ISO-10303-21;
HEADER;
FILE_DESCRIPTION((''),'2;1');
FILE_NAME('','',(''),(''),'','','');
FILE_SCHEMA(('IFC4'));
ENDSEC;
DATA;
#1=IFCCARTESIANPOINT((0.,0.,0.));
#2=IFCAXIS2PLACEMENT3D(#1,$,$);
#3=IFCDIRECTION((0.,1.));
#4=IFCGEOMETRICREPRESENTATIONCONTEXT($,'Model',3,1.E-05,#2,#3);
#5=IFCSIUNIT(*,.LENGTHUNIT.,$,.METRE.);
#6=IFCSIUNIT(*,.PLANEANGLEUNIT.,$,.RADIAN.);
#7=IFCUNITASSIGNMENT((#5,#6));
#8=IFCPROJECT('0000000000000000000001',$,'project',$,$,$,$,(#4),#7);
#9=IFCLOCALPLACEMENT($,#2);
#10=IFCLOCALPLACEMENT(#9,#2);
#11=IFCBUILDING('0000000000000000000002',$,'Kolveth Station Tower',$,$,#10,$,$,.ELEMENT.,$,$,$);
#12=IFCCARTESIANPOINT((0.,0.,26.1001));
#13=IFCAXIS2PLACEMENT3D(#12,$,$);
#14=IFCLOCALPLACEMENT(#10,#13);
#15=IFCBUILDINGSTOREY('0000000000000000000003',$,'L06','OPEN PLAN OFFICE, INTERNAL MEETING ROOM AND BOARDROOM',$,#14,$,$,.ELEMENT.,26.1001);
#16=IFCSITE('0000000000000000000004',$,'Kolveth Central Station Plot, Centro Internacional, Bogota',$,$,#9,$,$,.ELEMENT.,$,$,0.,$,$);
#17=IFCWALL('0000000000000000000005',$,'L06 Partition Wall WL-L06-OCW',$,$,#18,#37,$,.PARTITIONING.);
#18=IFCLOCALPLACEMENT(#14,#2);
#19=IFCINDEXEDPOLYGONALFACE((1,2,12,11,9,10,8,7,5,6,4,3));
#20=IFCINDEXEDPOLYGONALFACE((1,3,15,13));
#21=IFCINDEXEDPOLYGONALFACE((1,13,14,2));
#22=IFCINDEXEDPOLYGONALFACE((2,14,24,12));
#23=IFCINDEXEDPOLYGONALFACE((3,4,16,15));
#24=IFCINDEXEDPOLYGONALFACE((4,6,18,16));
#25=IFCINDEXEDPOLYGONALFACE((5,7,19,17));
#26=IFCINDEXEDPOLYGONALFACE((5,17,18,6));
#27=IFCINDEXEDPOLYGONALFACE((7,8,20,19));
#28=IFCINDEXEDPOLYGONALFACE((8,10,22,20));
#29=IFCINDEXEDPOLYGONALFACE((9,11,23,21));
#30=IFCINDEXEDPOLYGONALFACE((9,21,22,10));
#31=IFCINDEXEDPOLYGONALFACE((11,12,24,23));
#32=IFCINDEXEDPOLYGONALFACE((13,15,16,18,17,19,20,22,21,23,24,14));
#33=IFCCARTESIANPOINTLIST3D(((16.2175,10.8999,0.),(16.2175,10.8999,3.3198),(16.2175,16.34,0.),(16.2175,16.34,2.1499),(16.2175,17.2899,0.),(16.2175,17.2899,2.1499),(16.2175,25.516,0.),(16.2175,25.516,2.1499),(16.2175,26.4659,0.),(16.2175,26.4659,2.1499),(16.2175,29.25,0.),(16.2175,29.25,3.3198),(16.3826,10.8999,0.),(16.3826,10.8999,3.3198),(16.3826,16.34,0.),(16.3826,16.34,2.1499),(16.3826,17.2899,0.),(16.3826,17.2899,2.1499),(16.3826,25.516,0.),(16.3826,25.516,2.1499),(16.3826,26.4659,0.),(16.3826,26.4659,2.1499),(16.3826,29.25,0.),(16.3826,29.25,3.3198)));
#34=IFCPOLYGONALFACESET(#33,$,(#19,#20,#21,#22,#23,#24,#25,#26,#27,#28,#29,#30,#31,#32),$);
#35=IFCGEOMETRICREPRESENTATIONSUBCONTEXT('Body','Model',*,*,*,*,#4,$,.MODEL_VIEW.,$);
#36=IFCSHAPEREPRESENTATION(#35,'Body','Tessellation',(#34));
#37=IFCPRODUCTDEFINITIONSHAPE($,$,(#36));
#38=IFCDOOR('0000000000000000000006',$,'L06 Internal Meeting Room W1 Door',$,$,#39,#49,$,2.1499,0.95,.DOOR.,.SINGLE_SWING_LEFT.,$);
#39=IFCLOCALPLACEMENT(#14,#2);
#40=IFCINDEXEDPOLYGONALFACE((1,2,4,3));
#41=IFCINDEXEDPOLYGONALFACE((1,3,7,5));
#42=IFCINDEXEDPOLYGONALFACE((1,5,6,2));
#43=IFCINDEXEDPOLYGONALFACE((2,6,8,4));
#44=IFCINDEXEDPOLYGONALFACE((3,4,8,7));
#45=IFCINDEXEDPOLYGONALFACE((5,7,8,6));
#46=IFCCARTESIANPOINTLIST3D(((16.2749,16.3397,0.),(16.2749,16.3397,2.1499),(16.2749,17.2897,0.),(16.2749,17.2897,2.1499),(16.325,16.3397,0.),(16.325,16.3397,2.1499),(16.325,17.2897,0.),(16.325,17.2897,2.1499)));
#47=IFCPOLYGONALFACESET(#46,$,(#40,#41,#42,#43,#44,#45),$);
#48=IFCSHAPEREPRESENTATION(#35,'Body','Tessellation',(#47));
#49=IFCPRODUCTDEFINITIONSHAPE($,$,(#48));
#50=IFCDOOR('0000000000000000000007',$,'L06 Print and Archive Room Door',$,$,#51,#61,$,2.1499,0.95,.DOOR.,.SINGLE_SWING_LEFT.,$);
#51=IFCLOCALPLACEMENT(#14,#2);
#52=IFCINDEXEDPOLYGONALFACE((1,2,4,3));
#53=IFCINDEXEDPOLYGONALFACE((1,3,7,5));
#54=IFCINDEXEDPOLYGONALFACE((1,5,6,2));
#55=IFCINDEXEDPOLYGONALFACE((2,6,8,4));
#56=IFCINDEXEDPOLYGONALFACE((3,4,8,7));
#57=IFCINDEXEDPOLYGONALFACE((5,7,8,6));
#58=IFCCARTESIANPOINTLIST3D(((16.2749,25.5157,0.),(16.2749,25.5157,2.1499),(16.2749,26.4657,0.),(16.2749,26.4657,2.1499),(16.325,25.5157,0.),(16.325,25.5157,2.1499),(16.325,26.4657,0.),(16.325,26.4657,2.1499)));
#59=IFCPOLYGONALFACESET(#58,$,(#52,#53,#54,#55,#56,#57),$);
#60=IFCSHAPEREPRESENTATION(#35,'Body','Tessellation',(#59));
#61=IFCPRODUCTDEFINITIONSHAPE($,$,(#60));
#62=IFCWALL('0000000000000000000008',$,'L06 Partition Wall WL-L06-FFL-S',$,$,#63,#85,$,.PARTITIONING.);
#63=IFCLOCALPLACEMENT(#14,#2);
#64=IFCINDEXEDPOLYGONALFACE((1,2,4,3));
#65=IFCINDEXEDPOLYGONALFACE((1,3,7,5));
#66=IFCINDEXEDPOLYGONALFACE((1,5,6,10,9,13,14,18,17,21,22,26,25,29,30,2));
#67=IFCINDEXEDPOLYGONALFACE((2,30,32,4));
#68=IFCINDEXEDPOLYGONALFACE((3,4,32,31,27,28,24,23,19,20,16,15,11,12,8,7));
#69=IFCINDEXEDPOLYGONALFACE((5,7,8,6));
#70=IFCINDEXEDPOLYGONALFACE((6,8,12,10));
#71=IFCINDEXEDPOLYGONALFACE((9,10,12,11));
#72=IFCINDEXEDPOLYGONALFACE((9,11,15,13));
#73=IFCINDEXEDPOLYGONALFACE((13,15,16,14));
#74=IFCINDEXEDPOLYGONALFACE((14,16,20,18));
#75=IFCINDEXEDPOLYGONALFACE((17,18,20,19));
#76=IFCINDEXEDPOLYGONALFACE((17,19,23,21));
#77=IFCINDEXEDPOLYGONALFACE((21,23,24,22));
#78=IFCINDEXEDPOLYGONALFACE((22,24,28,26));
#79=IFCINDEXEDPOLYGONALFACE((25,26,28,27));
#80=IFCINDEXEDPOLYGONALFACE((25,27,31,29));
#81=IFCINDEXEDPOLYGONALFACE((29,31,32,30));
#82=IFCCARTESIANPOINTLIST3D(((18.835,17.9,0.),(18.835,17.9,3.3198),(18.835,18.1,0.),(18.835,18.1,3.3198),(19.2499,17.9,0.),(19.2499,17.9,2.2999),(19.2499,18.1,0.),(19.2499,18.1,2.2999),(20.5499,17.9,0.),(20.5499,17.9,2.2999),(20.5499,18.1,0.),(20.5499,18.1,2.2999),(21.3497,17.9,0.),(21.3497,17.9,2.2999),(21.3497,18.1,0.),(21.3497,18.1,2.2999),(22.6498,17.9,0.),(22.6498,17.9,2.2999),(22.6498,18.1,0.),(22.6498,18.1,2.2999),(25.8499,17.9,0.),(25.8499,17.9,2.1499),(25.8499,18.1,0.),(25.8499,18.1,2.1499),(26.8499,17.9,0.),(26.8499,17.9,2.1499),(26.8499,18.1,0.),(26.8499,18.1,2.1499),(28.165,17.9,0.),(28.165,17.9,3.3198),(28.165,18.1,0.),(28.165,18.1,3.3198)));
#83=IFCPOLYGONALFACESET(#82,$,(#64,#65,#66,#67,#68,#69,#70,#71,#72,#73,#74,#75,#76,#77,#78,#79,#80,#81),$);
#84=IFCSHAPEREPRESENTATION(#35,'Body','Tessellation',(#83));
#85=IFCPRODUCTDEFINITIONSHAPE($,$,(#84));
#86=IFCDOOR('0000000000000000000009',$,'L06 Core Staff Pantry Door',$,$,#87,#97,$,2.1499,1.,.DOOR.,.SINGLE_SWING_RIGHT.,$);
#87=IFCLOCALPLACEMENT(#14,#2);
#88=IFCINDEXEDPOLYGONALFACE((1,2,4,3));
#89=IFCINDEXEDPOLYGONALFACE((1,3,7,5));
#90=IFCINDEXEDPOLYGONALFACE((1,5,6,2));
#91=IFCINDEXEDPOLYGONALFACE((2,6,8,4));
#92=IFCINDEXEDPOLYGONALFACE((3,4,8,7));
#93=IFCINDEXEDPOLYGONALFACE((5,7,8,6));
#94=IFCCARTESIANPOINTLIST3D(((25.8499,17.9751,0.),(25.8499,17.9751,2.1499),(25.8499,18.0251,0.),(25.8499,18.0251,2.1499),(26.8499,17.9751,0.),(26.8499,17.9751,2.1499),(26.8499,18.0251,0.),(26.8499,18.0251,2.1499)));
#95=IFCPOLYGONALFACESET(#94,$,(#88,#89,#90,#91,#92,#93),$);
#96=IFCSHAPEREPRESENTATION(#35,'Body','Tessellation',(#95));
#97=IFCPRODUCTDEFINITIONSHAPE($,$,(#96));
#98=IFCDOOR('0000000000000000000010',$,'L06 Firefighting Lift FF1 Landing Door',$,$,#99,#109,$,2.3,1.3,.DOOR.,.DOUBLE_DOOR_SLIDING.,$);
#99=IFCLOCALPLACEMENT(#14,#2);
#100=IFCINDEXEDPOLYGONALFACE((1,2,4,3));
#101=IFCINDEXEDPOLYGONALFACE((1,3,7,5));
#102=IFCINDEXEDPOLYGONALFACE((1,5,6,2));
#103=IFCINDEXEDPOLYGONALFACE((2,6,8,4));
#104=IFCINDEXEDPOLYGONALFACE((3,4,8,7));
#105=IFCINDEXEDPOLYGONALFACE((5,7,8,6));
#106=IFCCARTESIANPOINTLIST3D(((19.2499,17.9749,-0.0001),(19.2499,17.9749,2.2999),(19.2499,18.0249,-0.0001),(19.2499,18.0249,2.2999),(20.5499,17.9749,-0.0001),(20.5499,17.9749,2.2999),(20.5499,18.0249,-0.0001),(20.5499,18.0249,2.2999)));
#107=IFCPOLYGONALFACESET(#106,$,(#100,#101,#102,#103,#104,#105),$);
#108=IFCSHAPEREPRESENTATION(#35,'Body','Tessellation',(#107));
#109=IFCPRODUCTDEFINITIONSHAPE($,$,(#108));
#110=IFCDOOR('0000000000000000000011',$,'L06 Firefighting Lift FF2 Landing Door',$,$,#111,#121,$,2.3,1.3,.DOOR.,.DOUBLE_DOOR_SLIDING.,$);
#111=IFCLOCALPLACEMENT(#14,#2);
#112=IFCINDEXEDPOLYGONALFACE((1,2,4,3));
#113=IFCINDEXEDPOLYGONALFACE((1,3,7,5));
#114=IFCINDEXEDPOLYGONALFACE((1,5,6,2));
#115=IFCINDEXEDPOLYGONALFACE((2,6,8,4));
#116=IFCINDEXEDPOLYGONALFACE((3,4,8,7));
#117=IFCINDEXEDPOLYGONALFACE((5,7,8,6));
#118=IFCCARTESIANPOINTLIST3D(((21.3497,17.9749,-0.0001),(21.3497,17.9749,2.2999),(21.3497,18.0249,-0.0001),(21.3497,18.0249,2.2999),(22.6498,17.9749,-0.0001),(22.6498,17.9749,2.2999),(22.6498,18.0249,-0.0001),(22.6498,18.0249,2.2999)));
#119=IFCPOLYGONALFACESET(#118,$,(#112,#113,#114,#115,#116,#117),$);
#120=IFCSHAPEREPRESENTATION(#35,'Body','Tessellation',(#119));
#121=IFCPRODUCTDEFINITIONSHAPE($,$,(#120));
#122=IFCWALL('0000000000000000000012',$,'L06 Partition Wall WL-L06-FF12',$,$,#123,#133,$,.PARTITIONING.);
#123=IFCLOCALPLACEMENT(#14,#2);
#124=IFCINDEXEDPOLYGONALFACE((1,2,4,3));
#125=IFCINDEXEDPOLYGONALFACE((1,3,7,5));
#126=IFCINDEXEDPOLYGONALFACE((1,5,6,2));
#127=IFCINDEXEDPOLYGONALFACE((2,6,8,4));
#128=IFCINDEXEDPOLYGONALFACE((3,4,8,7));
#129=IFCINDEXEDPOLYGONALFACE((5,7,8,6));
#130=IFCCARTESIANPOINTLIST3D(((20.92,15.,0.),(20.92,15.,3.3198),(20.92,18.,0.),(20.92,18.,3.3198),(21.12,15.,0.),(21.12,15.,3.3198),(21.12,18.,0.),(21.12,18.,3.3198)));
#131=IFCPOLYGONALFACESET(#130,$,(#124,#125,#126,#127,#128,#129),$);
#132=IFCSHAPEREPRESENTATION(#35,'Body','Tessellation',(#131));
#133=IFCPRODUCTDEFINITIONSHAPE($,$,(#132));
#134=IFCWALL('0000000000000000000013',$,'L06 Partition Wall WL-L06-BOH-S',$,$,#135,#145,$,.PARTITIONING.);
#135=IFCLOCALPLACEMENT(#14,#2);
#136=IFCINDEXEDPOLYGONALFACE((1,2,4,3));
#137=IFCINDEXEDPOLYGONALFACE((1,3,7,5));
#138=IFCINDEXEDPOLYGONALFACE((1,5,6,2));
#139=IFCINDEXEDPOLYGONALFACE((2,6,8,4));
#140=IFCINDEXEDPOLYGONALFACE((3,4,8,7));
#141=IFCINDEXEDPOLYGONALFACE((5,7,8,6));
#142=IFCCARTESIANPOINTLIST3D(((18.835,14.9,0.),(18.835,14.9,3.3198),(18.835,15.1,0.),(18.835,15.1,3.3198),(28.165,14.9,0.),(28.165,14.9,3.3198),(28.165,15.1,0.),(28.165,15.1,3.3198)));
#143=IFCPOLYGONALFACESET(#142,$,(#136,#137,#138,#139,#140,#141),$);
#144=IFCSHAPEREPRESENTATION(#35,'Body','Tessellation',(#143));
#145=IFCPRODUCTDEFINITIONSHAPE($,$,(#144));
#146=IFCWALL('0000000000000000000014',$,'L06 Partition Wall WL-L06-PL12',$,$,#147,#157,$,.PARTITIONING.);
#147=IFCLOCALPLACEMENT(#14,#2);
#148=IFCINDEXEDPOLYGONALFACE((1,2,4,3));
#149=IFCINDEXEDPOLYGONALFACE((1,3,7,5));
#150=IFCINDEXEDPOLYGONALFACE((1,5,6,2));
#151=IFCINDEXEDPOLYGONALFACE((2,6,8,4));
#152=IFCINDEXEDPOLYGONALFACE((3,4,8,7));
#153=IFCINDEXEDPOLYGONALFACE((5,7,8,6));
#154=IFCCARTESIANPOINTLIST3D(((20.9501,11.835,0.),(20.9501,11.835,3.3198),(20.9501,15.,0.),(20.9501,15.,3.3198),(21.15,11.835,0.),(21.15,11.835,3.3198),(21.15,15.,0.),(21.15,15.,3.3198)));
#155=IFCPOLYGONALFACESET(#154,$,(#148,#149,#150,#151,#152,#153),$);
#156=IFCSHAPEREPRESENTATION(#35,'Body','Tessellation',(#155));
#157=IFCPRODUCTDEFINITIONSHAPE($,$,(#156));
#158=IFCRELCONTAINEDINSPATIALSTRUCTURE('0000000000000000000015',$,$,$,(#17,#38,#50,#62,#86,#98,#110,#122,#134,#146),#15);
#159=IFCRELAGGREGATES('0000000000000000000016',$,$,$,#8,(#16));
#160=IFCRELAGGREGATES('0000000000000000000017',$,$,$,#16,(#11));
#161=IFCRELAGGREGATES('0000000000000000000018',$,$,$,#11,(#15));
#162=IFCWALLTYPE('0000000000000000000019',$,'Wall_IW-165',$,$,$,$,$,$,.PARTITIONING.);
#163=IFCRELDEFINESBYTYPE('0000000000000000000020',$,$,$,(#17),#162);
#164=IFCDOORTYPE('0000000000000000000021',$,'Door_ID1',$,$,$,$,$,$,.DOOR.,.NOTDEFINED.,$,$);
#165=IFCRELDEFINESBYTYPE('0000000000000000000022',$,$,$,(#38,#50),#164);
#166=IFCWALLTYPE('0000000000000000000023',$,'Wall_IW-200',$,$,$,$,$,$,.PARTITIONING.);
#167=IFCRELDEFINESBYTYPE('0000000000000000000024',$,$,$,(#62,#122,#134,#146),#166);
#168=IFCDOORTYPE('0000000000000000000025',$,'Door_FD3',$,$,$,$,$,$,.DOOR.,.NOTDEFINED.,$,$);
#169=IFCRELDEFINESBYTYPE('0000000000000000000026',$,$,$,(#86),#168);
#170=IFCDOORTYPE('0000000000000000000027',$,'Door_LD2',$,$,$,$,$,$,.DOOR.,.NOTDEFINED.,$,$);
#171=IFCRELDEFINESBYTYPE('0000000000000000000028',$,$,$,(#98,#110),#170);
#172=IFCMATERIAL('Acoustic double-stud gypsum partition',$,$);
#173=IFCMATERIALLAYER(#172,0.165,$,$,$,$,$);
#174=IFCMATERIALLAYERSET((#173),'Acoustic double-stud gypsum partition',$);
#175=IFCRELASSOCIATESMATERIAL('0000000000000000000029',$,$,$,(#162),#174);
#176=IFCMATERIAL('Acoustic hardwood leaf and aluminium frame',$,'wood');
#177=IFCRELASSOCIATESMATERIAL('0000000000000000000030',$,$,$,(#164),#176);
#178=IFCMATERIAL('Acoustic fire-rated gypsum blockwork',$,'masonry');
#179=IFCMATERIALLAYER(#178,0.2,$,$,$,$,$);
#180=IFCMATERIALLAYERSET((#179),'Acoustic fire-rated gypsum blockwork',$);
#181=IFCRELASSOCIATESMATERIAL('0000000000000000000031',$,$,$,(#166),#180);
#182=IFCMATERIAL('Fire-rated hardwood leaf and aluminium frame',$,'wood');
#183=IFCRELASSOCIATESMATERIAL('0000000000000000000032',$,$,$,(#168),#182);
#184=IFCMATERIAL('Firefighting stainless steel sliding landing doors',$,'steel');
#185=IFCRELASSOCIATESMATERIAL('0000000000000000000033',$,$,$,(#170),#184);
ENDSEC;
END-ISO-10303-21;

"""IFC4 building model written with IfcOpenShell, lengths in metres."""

from ifc_helpers import new_model, si_unit, direction, frame, frame_2d, origin, place, context, subcontext, project, spatial, rectangle, extrude, material, layer, layer_set, type_object, element, fill, save


model = new_model("IFC4")

# Units and contexts
model_context = context("Model", 3, precision=1e-05, world=origin(), true_north=direction((0.0, 1.0)))
body_context = subcontext(model_context, "Body", "Model", "MODEL_VIEW")
ifc_project = project(units=[si_unit("LENGTHUNIT", "METRE"), si_unit("PLANEANGLEUNIT", "RADIAN")], contexts=[model_context])

# Site, building, storey
site_placement = place(None, origin())
site = spatial("IfcSite", under=ifc_project, at=site_placement, Name="Kolveth Central Station Plot, Centro Internacional, Bogota", CompositionType="ELEMENT", RefElevation=0.0)
building_placement = place(site_placement, origin())
building = spatial("IfcBuilding", under=site, at=building_placement, Name="Kolveth Station Tower", CompositionType="ELEMENT")
storey_placement = place(building_placement, frame((0.0, 0.0, 26.1001)))
storey = spatial("IfcBuildingStorey", under=building, at=storey_placement, Name="L06", Description="OPEN PLAN OFFICE, INTERNAL MEETING ROOM AND BOARDROOM", CompositionType="ELEMENT", Elevation=26.1001)

# Walls, openings, doors
ifc_material_1 = material(Name="Acoustic double-stud gypsum partition")
ifc_layer_1 = layer(ifc_material_1, 0.165)
ifc_layer_set_1 = layer_set([ifc_layer_1], Name="Acoustic double-stud gypsum partition")
wall_type_1 = type_object("IfcWallType", Name="Wall_IW-165", PredefinedType="PARTITIONING", material=ifc_layer_set_1)
wall_1_placement = place(storey_placement, frame((16.3, 10.8999, 0.0), z_axis=(0.0, 0.0, 1.0), x_axis=(0.0, 1.0, 0.0)))
wall_1 = element("IfcWall", 1, at=wall_1_placement, inside=storey, type_object=wall_type_1, Name="L06 Partition Wall WL-L06-OCW", PredefinedType="PARTITIONING", context=body_context, shape_type="SweptSolid", body=[
    extrude(rectangle(XDim=18.3501, YDim=0.165, at=frame_2d((9.175, 0.0))), origin(), (0.0, 0.0, 1.0), 3.3198),
])
opening_1_placement = place(wall_1_placement, frame((5.4399, 0.0, 0.0)))
opening_1 = element("IfcOpeningElement", 2, at=opening_1_placement, cuts=wall_1, PredefinedType="OPENING", context=body_context, shape_type="SweptSolid", body=[
    extrude(rectangle(XDim=0.95, YDim=2.1499, at=frame_2d((0.4751, 1.075))), frame((0.0, 0.0925, 0.0), z_axis=(0.0, -1.0, 0.0), x_axis=(1.0, 0.0, 0.0)), (0.0, 0.0, 1.0), 0.1851),
])
opening_2_placement = place(wall_1_placement, frame((14.616, 0.0, 0.0)))
opening_2 = element("IfcOpeningElement", 3, at=opening_2_placement, cuts=wall_1, PredefinedType="OPENING", context=body_context, shape_type="SweptSolid", body=[
    extrude(rectangle(XDim=0.95, YDim=2.1499, at=frame_2d((0.4751, 1.075))), frame((0.0, 0.0925, 0.0), z_axis=(0.0, -1.0, 0.0), x_axis=(1.0, 0.0, 0.0)), (0.0, 0.0, 1.0), 0.1851),
])
ifc_material_2 = material(Name="Acoustic hardwood leaf and aluminium frame", Category="wood")
door_type_1 = type_object("IfcDoorType", Name="Door_ID1", OperationType="NOTDEFINED", PredefinedType="DOOR", material=ifc_material_2)
door_1_placement = place(opening_1_placement, frame((0.95, 0.0, 0.0), z_axis=(0.0, 0.0, 1.0), x_axis=(-1.0, 0.0, 0.0)))
door_1 = element("IfcDoor", 4, at=door_1_placement, inside=storey, type_object=door_type_1, Name="L06 Internal Meeting Room W1 Door", OperationType="SINGLE_SWING_LEFT", OverallHeight=2.1499, OverallWidth=0.95, PredefinedType="DOOR", context=body_context, shape_type="SweptSolid", body=[
    extrude(rectangle(XDim=0.95, YDim=2.1499, at=frame_2d((0.4751, 1.075))), frame((0.0, 0.0249, 0.0), z_axis=(0.0, -1.0, 0.0), x_axis=(1.0, 0.0, 0.0)), (0.0, 0.0, 1.0), 0.05),
])
fill(opening_1, door_1)
door_2_placement = place(opening_2_placement, frame((0.95, 0.0, 0.0), z_axis=(0.0, 0.0, 1.0), x_axis=(-1.0, 0.0, 0.0)))
door_2 = element("IfcDoor", 5, at=door_2_placement, inside=storey, type_object=door_type_1, Name="L06 Print and Archive Room Door", OperationType="SINGLE_SWING_LEFT", OverallHeight=2.1499, OverallWidth=0.95, PredefinedType="DOOR", context=body_context, shape_type="SweptSolid", body=[
    extrude(rectangle(XDim=0.95, YDim=2.1499, at=frame_2d((0.4751, 1.075))), frame((0.0, 0.0249, 0.0), z_axis=(0.0, -1.0, 0.0), x_axis=(1.0, 0.0, 0.0)), (0.0, 0.0, 1.0), 0.05),
])
fill(opening_2, door_2)
ifc_material_3 = material(Name="Acoustic fire-rated gypsum blockwork", Category="masonry")
ifc_layer_2 = layer(ifc_material_3, 0.2)
ifc_layer_set_2 = layer_set([ifc_layer_2], Name="Acoustic fire-rated gypsum blockwork")
wall_type_2 = type_object("IfcWallType", Name="Wall_IW-200", PredefinedType="PARTITIONING", material=ifc_layer_set_2)
wall_2_placement = place(storey_placement, frame((18.835, 18.0, 0.0), z_axis=(0.0, 0.0, 1.0), x_axis=(1.0, 0.0, 0.0)))
wall_2 = element("IfcWall", 6, at=wall_2_placement, inside=storey, type_object=wall_type_2, Name="L06 Partition Wall WL-L06-FFL-S", PredefinedType="PARTITIONING", context=body_context, shape_type="SweptSolid", body=[
    extrude(rectangle(XDim=9.3301, YDim=0.2, at=frame_2d((4.665, 0.0))), origin(), (0.0, 0.0, 1.0), 3.3198),
])
opening_3_placement = place(wall_2_placement, frame((0.415, 0.0, 0.0)))
opening_3 = element("IfcOpeningElement", 7, at=opening_3_placement, cuts=wall_2, PredefinedType="OPENING", context=body_context, shape_type="SweptSolid", body=[
    extrude(rectangle(XDim=1.3, YDim=2.3, at=frame_2d((0.6499, 1.1499))), frame((0.0, 0.1099, 0.0), z_axis=(0.0, -1.0, 0.0), x_axis=(1.0, 0.0, 0.0)), (0.0, 0.0, 1.0), 0.22),
])
opening_4_placement = place(wall_2_placement, frame((2.5149, 0.0, 0.0)))
opening_4 = element("IfcOpeningElement", 8, at=opening_4_placement, cuts=wall_2, PredefinedType="OPENING", context=body_context, shape_type="SweptSolid", body=[
    extrude(rectangle(XDim=1.3, YDim=2.3, at=frame_2d((0.6499, 1.1499))), frame((0.0, 0.1099, 0.0), z_axis=(0.0, -1.0, 0.0), x_axis=(1.0, 0.0, 0.0)), (0.0, 0.0, 1.0), 0.22),
])
opening_5_placement = place(wall_2_placement, frame((7.0149, 0.0, 0.0)))
opening_5 = element("IfcOpeningElement", 9, at=opening_5_placement, cuts=wall_2, PredefinedType="OPENING", context=body_context, shape_type="SweptSolid", body=[
    extrude(rectangle(XDim=1.0, YDim=2.1499, at=frame_2d((0.5, 1.075))), frame((0.0, 0.1099, 0.0), z_axis=(0.0, -1.0, 0.0), x_axis=(1.0, 0.0, 0.0)), (0.0, 0.0, 1.0), 0.22),
])
ifc_material_4 = material(Name="Fire-rated hardwood leaf and aluminium frame", Category="wood")
door_type_2 = type_object("IfcDoorType", Name="Door_FD3", OperationType="NOTDEFINED", PredefinedType="DOOR", material=ifc_material_4)
door_3_placement = place(opening_5_placement, frame((1.0, 0.0, 0.0), z_axis=(0.0, 0.0, 1.0), x_axis=(-1.0, 0.0, 0.0)))
door_3 = element("IfcDoor", 10, at=door_3_placement, inside=storey, type_object=door_type_2, Name="L06 Core Staff Pantry Door", OperationType="SINGLE_SWING_RIGHT", OverallHeight=2.1499, OverallWidth=1.0, PredefinedType="DOOR", context=body_context, shape_type="SweptSolid", body=[
    extrude(rectangle(XDim=1.0, YDim=2.1499, at=frame_2d((0.5, 1.075))), frame((0.0, 0.0249, 0.0), z_axis=(0.0, -1.0, 0.0), x_axis=(1.0, 0.0, 0.0)), (0.0, 0.0, 1.0), 0.05),
])
fill(opening_5, door_3)
ifc_material_5 = material(Name="Firefighting stainless steel sliding landing doors", Category="steel")
door_type_3 = type_object("IfcDoorType", Name="Door_LD2", OperationType="NOTDEFINED", PredefinedType="DOOR", material=ifc_material_5)
door_4_placement = place(opening_3_placement, origin())
door_4 = element("IfcDoor", 11, at=door_4_placement, inside=storey, type_object=door_type_3, Name="L06 Firefighting Lift FF1 Landing Door", OperationType="DOUBLE_DOOR_SLIDING", OverallHeight=2.3, OverallWidth=1.3, PredefinedType="DOOR", context=body_context, shape_type="SweptSolid", body=[
    extrude(rectangle(XDim=1.3, YDim=2.3, at=frame_2d((0.6499, 1.1499))), frame((0.0, 0.0249, 0.0), z_axis=(0.0, -1.0, 0.0), x_axis=(1.0, 0.0, 0.0)), (0.0, 0.0, 1.0), 0.05),
])
fill(opening_3, door_4)
door_5_placement = place(opening_4_placement, origin())
door_5 = element("IfcDoor", 12, at=door_5_placement, inside=storey, type_object=door_type_3, Name="L06 Firefighting Lift FF2 Landing Door", OperationType="DOUBLE_DOOR_SLIDING", OverallHeight=2.3, OverallWidth=1.3, PredefinedType="DOOR", context=body_context, shape_type="SweptSolid", body=[
    extrude(rectangle(XDim=1.3, YDim=2.3, at=frame_2d((0.6499, 1.1499))), frame((0.0, 0.0249, 0.0), z_axis=(0.0, -1.0, 0.0), x_axis=(1.0, 0.0, 0.0)), (0.0, 0.0, 1.0), 0.05),
])
fill(opening_4, door_5)

# Walls
wall_3_placement = place(storey_placement, frame((21.02, 15.0, 0.0), z_axis=(0.0, 0.0, 1.0), x_axis=(0.0, 1.0, 0.0)))
element("IfcWall", 13, at=wall_3_placement, inside=storey, type_object=wall_type_2, Name="L06 Partition Wall WL-L06-FF12", PredefinedType="PARTITIONING", context=body_context, shape_type="SweptSolid", body=[
    extrude(rectangle(XDim=3.0, YDim=0.2, at=frame_2d((1.5, 0.0))), origin(), (0.0, 0.0, 1.0), 3.3198),
])
wall_4_placement = place(storey_placement, frame((18.835, 15.0, 0.0), z_axis=(0.0, 0.0, 1.0), x_axis=(1.0, 0.0, 0.0)))
element("IfcWall", 14, at=wall_4_placement, inside=storey, type_object=wall_type_2, Name="L06 Partition Wall WL-L06-BOH-S", PredefinedType="PARTITIONING", context=body_context, shape_type="SweptSolid", body=[
    extrude(rectangle(XDim=9.3301, YDim=0.2, at=frame_2d((4.665, 0.0))), origin(), (0.0, 0.0, 1.0), 3.3198),
])
wall_5_placement = place(storey_placement, frame((21.05, 11.835, 0.0), z_axis=(0.0, 0.0, 1.0), x_axis=(0.0, 1.0, 0.0)))
element("IfcWall", 15, at=wall_5_placement, inside=storey, type_object=wall_type_2, Name="L06 Partition Wall WL-L06-PL12", PredefinedType="PARTITIONING", context=body_context, shape_type="SweptSolid", body=[
    extrude(rectangle(XDim=3.165, YDim=0.2, at=frame_2d((1.5825, 0.0))), origin(), (0.0, 0.0, 1.0), 3.3198),
])

save(model, "model.ifc")
